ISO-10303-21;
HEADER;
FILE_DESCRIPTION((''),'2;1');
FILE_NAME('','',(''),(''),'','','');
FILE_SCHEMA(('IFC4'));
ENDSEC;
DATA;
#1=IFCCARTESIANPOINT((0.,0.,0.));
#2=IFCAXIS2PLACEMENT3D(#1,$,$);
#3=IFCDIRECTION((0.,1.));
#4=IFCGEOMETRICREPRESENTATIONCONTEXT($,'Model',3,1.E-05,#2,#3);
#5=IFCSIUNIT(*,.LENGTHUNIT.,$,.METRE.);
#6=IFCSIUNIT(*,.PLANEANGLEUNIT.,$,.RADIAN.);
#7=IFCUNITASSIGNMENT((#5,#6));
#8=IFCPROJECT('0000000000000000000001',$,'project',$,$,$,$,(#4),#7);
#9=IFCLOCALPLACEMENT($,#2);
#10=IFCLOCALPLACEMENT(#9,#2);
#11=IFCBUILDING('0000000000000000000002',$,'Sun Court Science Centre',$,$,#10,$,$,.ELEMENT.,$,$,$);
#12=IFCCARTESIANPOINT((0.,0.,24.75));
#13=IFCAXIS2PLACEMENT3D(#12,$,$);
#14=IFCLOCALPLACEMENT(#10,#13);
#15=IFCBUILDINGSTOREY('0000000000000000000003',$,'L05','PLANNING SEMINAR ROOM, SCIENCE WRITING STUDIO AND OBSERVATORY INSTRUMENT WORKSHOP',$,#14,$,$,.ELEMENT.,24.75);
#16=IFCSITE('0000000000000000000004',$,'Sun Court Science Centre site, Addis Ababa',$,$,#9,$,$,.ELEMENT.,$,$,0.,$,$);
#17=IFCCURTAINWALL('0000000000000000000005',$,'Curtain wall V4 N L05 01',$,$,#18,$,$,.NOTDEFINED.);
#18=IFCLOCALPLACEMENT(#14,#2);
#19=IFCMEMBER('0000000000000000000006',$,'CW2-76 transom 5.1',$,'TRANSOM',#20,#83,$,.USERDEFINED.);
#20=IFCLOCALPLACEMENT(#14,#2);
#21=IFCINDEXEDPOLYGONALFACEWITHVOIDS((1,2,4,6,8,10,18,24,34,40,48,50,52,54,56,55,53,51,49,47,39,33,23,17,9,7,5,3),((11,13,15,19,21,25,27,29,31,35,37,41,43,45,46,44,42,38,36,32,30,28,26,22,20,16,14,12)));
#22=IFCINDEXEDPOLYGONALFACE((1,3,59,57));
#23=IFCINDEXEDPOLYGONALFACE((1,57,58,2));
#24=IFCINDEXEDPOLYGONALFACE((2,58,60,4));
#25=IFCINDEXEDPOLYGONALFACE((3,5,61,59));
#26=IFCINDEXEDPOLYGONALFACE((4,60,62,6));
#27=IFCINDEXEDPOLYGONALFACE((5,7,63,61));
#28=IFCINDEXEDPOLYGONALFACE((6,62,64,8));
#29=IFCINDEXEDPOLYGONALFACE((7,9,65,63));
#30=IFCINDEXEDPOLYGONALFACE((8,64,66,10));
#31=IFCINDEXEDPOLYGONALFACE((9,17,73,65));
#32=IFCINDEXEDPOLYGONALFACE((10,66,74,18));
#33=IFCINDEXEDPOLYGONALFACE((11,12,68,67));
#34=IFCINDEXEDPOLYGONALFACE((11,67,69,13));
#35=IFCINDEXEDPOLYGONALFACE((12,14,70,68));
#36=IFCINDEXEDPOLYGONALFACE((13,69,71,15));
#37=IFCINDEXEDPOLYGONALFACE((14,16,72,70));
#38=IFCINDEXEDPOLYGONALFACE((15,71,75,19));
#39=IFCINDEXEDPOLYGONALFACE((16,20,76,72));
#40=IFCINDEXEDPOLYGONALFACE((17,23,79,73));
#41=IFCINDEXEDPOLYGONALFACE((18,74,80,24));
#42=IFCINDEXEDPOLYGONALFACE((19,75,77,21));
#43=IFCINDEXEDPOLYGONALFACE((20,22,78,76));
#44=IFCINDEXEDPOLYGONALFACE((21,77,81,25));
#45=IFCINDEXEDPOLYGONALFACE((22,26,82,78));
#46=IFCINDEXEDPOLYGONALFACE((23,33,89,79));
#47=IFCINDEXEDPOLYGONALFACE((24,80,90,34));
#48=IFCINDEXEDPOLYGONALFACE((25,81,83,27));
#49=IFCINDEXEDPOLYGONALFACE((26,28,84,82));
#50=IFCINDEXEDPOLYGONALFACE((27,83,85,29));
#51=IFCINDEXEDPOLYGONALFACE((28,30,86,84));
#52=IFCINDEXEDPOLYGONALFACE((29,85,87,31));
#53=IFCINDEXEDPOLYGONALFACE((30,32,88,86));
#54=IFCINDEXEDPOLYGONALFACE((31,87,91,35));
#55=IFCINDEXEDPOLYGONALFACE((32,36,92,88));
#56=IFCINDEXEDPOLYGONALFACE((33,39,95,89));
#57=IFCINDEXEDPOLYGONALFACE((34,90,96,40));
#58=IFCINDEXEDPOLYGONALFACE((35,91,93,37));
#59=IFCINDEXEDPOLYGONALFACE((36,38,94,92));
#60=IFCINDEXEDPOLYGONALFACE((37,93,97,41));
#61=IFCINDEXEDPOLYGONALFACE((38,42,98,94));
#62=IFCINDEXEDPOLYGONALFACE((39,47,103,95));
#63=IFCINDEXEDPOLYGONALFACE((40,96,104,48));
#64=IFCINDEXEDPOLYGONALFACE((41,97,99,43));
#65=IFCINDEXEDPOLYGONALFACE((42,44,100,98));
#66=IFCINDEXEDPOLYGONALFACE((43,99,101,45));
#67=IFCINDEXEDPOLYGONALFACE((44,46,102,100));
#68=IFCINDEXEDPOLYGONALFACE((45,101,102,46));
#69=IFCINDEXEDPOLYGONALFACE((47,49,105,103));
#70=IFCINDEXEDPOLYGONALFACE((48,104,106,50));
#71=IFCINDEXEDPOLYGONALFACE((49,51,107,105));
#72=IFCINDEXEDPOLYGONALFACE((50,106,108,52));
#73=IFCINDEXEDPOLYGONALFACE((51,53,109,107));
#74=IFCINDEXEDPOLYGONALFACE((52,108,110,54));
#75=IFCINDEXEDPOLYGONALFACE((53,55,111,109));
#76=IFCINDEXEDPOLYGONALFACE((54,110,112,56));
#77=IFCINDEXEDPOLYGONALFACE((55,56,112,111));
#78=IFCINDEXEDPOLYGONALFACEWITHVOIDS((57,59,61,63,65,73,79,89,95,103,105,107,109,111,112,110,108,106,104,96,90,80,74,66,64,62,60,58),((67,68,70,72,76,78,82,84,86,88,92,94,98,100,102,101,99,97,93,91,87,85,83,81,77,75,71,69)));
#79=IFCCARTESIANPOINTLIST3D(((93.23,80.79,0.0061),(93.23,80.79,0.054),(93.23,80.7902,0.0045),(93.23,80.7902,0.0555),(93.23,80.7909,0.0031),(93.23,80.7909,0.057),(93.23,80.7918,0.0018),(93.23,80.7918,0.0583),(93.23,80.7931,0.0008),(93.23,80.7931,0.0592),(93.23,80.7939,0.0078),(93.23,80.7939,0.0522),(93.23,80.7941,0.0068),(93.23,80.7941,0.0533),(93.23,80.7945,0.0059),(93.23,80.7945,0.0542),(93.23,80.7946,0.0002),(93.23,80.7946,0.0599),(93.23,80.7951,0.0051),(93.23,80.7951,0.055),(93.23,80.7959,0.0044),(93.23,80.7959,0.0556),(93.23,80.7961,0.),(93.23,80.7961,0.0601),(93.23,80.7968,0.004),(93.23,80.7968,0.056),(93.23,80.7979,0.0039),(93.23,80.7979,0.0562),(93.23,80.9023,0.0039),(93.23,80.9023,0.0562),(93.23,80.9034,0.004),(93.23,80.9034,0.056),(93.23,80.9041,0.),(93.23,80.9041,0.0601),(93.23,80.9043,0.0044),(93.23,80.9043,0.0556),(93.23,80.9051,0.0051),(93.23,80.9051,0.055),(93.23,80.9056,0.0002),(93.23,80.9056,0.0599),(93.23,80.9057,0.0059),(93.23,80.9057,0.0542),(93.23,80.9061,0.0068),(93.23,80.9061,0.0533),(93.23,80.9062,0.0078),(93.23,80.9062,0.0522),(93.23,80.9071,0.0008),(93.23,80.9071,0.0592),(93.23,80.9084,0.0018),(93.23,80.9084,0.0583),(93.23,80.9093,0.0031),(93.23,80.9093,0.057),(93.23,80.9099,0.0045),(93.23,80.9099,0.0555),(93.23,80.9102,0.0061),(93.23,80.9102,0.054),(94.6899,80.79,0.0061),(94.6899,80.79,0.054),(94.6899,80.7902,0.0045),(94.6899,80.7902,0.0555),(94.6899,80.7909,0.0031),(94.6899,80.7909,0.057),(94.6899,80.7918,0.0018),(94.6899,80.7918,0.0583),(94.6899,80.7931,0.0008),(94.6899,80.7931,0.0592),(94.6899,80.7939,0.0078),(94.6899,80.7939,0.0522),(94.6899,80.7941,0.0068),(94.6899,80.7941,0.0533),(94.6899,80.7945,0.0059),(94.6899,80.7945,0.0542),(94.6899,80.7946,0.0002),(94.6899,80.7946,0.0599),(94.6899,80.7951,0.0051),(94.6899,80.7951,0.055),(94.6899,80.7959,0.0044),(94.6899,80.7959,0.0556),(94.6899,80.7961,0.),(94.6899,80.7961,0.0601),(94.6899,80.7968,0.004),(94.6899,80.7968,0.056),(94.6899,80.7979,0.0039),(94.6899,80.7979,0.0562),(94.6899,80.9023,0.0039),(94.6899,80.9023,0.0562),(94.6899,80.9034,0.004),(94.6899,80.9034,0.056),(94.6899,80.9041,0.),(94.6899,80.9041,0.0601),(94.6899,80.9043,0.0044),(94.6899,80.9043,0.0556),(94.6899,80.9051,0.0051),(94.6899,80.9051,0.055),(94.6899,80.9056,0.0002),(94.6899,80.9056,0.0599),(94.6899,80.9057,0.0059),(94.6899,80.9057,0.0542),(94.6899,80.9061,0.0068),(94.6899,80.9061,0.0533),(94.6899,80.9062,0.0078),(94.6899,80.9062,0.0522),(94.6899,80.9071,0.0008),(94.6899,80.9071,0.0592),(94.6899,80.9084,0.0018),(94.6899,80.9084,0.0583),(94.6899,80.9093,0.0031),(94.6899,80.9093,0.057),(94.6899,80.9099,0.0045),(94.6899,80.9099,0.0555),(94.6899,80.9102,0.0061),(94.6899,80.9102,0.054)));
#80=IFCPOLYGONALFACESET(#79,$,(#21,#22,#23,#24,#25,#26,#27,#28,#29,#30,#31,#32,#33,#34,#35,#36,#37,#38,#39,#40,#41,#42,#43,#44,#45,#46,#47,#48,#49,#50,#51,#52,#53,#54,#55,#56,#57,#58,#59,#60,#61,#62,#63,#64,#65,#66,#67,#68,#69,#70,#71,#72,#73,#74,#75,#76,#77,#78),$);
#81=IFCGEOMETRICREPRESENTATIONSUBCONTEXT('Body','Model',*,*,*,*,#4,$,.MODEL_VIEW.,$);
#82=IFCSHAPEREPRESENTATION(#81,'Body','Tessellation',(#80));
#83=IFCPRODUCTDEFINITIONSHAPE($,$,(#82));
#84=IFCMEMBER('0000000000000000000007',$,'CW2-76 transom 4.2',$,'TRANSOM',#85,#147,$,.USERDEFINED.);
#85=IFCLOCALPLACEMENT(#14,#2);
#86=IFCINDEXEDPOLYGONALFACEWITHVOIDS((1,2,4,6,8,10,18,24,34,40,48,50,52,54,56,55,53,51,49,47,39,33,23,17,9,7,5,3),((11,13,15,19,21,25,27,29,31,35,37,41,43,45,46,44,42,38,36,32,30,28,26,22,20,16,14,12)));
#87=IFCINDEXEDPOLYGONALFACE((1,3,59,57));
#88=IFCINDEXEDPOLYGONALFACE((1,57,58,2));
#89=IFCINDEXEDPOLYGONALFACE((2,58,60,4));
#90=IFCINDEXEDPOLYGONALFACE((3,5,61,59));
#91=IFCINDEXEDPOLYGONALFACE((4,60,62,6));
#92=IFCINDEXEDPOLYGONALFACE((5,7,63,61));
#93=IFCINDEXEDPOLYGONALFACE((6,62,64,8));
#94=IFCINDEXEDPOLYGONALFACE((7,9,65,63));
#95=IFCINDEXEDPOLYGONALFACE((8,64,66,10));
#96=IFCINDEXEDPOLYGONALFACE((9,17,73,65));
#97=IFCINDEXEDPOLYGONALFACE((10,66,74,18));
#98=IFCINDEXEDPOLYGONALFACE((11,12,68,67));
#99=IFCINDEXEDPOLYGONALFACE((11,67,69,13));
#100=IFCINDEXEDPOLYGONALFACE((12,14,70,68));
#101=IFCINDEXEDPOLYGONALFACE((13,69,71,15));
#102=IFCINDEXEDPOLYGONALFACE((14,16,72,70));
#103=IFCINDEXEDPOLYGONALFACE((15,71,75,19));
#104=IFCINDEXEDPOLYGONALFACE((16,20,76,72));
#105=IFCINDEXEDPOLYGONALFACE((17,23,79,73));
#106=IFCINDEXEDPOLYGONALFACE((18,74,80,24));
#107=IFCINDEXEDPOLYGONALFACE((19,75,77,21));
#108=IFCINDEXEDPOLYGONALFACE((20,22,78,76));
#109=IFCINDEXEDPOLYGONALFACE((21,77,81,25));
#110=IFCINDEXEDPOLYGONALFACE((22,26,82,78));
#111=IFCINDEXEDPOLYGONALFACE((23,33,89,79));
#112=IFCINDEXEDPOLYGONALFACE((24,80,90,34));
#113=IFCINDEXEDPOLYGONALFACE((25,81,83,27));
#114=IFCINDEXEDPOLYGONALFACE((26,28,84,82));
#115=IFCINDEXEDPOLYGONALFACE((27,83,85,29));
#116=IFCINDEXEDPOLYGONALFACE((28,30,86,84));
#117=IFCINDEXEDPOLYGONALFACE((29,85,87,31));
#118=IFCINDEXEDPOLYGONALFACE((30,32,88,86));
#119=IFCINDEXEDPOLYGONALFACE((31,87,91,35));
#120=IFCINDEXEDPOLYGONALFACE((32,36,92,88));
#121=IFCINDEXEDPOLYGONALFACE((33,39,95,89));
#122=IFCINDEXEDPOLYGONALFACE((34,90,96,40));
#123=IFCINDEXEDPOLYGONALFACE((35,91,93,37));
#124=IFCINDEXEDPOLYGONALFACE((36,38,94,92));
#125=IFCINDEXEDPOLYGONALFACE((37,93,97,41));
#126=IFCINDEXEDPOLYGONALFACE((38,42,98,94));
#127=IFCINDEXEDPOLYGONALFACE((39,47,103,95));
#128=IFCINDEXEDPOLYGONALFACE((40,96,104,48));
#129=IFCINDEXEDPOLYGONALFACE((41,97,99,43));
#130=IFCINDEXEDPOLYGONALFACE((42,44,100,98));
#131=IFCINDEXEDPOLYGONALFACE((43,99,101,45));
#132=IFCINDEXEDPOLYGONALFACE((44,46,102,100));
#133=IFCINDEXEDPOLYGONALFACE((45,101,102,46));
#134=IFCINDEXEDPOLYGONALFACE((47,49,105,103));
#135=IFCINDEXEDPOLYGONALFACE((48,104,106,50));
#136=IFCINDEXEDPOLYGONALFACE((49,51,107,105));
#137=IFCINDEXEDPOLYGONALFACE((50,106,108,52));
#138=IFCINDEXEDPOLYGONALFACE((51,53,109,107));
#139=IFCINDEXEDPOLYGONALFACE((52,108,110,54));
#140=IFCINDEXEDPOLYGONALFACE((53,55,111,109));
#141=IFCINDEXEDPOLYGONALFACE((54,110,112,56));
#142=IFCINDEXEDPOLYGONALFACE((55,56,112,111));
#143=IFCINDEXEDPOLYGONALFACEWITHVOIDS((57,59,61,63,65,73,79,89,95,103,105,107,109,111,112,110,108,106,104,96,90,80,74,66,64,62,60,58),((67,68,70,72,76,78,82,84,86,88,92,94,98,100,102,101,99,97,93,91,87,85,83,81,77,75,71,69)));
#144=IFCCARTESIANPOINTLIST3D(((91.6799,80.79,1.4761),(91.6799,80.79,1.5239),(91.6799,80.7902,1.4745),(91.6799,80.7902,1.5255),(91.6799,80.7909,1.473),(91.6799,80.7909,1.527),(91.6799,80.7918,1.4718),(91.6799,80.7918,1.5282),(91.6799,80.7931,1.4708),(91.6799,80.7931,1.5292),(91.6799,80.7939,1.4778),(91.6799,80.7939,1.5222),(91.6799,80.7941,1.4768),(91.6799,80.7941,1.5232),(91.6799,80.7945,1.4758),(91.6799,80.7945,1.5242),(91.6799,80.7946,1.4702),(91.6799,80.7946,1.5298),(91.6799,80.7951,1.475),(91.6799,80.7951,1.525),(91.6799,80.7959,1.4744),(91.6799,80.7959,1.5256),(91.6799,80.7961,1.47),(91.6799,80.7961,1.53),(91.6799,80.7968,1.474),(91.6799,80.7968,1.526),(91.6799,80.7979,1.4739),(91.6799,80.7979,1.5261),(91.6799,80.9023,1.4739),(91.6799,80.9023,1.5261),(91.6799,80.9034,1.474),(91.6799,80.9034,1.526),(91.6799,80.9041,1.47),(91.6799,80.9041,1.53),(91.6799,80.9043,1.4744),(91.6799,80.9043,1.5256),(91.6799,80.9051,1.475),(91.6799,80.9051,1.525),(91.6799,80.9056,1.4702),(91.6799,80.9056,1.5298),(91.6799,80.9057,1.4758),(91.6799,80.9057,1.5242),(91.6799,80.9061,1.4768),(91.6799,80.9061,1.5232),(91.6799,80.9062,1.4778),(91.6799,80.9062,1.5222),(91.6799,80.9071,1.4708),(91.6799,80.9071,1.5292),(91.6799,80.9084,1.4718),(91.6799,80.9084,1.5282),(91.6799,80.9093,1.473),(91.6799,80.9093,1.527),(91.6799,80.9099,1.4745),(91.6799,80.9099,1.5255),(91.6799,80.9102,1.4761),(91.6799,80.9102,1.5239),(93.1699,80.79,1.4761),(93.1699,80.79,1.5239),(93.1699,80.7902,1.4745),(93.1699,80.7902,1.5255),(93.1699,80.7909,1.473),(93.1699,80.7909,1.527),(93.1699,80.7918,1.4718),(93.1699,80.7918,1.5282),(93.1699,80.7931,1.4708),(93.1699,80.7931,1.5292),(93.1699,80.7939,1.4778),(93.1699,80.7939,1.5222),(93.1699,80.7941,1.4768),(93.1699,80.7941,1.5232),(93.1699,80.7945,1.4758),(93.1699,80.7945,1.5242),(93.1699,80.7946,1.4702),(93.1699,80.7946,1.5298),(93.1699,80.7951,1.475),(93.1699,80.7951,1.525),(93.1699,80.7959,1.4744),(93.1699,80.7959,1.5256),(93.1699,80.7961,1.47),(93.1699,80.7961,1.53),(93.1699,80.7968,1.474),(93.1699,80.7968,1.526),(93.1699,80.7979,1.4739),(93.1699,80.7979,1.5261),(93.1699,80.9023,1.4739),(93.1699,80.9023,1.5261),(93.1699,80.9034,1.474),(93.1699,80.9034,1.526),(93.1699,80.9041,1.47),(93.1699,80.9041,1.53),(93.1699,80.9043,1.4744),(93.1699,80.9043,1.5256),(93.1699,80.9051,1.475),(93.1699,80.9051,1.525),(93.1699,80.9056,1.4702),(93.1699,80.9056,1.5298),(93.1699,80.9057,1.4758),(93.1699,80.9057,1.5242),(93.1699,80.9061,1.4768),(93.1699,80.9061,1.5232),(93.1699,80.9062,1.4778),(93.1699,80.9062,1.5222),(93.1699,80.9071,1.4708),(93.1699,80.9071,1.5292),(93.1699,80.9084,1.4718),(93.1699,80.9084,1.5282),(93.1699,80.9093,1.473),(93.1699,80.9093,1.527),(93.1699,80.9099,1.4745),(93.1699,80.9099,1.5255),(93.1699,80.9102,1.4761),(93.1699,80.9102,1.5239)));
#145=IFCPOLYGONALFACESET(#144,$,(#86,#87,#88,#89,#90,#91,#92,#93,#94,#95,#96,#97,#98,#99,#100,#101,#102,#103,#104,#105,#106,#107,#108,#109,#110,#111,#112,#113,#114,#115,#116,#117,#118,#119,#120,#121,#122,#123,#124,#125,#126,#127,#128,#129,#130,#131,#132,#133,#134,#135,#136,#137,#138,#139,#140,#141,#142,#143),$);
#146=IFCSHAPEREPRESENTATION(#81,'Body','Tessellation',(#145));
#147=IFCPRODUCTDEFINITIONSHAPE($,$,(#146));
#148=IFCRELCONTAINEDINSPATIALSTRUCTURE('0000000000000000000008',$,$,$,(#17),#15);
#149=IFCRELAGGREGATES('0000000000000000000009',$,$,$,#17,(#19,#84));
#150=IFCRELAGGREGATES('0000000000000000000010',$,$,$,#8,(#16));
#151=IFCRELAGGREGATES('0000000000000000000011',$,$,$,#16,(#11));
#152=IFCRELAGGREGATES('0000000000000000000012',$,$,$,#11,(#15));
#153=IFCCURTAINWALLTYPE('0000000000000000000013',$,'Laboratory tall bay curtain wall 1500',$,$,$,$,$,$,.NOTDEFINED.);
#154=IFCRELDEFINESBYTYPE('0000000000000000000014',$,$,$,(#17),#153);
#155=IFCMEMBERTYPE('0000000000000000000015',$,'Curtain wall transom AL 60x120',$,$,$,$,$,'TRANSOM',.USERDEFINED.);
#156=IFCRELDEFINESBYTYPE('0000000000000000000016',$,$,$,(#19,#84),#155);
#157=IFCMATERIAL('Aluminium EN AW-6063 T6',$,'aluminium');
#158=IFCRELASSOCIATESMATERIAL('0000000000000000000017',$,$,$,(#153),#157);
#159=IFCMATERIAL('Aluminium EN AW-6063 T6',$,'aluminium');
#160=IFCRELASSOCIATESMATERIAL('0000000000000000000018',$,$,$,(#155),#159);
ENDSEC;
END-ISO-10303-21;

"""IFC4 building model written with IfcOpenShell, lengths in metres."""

from ifc_helpers import new_model, si_unit, direction, frame, origin, origin_2d, place, context, subcontext, project, spatial, hollow_rectangle, extrude, material, material_profile, profile_set, type_object, element, aggregate, save


model = new_model("IFC4")

# Units and contexts
model_context = context("Model", 3, precision=1e-05, world=origin(), true_north=direction((0.0, 1.0)))
body_context = subcontext(model_context, "Body", "Model", "MODEL_VIEW")
ifc_project = project(units=[si_unit("LENGTHUNIT", "METRE"), si_unit("PLANEANGLEUNIT", "RADIAN")], contexts=[model_context])

# Site, building, storey
site_placement = place(None, origin())
site = spatial("IfcSite", under=ifc_project, at=site_placement, Name="Sun Court Science Centre site, Addis Ababa", CompositionType="ELEMENT", RefElevation=0.0)
building_placement = place(site_placement, origin())
building = spatial("IfcBuilding", under=site, at=building_placement, Name="Sun Court Science Centre", CompositionType="ELEMENT")
storey_placement = place(building_placement, frame((0.0, 0.0, 24.75)))
storey = spatial("IfcBuildingStorey", under=building, at=storey_placement, Name="L05", Description="PLANNING SEMINAR ROOM, SCIENCE WRITING STUDIO AND OBSERVATORY INSTRUMENT WORKSHOP", CompositionType="ELEMENT", Elevation=24.75)

# Curtain wall, members
ifc_material_1 = material(Name="Aluminium EN AW-6063 T6", Category="aluminium")
curtain_wall_type = type_object("IfcCurtainWallType", Name="Laboratory tall bay curtain wall 1500", PredefinedType="NOTDEFINED", material=ifc_material_1)
curtain_wall_placement = place(storey_placement, origin())
curtain_wall = element("IfcCurtainWall", 1, at=curtain_wall_placement, inside=storey, type_object=curtain_wall_type, Name="Curtain wall V4 N L05 01", PredefinedType="NOTDEFINED")
ifc_material_2 = material(Name="Aluminium EN AW-6063 T6", Category="aluminium")
ifc_material_profile_1 = material_profile(ifc_material_2, hollow_rectangle(XDim=0.0601, YDim=0.1201, WallThickness=0.0039, InnerFilletRadius=0.0039, OuterFilletRadius=0.0061, at=origin_2d()), Name="AL 60x120x4")
ifc_profile_set_1 = profile_set([ifc_material_profile_1], Name="Aluminium EN AW-6063 T6")
member_type_1 = type_object("IfcMemberType", Name="Curtain wall transom AL 60x120", ElementType="TRANSOM", PredefinedType="USERDEFINED", material=ifc_profile_set_1)
member_1_placement = place(storey_placement, frame((93.23, 80.8501, 0.03), z_axis=(1.0, 0.0, 0.0), x_axis=(0.0, 0.0, 1.0)))
member_1 = element("IfcMember", 2, at=member_1_placement, type_object=member_type_1, Name="CW2-76 transom 5.1", ObjectType="TRANSOM", PredefinedType="USERDEFINED", context=body_context, shape_type="SweptSolid", body=[
    extrude(hollow_rectangle(XDim=0.0601, YDim=0.1201, WallThickness=0.0039, InnerFilletRadius=0.0039, OuterFilletRadius=0.0061, at=origin_2d()), origin(), (0.0, 0.0, 1.0), 1.46),
])
member_2_placement = place(storey_placement, frame((91.6799, 80.8501, 1.5), z_axis=(1.0, 0.0, 0.0), x_axis=(0.0, 0.0, 1.0)))
member_2 = element("IfcMember", 3, at=member_2_placement, type_object=member_type_1, Name="CW2-76 transom 4.2", ObjectType="TRANSOM", PredefinedType="USERDEFINED", context=body_context, shape_type="SweptSolid", body=[
    extrude(hollow_rectangle(XDim=0.0601, YDim=0.1201, WallThickness=0.0039, InnerFilletRadius=0.0039, OuterFilletRadius=0.0061, at=origin_2d()), origin(), (0.0, 0.0, 1.0), 1.49),
])

aggregate(curtain_wall, [member_1, member_2])

save(model, "model.ifc")
